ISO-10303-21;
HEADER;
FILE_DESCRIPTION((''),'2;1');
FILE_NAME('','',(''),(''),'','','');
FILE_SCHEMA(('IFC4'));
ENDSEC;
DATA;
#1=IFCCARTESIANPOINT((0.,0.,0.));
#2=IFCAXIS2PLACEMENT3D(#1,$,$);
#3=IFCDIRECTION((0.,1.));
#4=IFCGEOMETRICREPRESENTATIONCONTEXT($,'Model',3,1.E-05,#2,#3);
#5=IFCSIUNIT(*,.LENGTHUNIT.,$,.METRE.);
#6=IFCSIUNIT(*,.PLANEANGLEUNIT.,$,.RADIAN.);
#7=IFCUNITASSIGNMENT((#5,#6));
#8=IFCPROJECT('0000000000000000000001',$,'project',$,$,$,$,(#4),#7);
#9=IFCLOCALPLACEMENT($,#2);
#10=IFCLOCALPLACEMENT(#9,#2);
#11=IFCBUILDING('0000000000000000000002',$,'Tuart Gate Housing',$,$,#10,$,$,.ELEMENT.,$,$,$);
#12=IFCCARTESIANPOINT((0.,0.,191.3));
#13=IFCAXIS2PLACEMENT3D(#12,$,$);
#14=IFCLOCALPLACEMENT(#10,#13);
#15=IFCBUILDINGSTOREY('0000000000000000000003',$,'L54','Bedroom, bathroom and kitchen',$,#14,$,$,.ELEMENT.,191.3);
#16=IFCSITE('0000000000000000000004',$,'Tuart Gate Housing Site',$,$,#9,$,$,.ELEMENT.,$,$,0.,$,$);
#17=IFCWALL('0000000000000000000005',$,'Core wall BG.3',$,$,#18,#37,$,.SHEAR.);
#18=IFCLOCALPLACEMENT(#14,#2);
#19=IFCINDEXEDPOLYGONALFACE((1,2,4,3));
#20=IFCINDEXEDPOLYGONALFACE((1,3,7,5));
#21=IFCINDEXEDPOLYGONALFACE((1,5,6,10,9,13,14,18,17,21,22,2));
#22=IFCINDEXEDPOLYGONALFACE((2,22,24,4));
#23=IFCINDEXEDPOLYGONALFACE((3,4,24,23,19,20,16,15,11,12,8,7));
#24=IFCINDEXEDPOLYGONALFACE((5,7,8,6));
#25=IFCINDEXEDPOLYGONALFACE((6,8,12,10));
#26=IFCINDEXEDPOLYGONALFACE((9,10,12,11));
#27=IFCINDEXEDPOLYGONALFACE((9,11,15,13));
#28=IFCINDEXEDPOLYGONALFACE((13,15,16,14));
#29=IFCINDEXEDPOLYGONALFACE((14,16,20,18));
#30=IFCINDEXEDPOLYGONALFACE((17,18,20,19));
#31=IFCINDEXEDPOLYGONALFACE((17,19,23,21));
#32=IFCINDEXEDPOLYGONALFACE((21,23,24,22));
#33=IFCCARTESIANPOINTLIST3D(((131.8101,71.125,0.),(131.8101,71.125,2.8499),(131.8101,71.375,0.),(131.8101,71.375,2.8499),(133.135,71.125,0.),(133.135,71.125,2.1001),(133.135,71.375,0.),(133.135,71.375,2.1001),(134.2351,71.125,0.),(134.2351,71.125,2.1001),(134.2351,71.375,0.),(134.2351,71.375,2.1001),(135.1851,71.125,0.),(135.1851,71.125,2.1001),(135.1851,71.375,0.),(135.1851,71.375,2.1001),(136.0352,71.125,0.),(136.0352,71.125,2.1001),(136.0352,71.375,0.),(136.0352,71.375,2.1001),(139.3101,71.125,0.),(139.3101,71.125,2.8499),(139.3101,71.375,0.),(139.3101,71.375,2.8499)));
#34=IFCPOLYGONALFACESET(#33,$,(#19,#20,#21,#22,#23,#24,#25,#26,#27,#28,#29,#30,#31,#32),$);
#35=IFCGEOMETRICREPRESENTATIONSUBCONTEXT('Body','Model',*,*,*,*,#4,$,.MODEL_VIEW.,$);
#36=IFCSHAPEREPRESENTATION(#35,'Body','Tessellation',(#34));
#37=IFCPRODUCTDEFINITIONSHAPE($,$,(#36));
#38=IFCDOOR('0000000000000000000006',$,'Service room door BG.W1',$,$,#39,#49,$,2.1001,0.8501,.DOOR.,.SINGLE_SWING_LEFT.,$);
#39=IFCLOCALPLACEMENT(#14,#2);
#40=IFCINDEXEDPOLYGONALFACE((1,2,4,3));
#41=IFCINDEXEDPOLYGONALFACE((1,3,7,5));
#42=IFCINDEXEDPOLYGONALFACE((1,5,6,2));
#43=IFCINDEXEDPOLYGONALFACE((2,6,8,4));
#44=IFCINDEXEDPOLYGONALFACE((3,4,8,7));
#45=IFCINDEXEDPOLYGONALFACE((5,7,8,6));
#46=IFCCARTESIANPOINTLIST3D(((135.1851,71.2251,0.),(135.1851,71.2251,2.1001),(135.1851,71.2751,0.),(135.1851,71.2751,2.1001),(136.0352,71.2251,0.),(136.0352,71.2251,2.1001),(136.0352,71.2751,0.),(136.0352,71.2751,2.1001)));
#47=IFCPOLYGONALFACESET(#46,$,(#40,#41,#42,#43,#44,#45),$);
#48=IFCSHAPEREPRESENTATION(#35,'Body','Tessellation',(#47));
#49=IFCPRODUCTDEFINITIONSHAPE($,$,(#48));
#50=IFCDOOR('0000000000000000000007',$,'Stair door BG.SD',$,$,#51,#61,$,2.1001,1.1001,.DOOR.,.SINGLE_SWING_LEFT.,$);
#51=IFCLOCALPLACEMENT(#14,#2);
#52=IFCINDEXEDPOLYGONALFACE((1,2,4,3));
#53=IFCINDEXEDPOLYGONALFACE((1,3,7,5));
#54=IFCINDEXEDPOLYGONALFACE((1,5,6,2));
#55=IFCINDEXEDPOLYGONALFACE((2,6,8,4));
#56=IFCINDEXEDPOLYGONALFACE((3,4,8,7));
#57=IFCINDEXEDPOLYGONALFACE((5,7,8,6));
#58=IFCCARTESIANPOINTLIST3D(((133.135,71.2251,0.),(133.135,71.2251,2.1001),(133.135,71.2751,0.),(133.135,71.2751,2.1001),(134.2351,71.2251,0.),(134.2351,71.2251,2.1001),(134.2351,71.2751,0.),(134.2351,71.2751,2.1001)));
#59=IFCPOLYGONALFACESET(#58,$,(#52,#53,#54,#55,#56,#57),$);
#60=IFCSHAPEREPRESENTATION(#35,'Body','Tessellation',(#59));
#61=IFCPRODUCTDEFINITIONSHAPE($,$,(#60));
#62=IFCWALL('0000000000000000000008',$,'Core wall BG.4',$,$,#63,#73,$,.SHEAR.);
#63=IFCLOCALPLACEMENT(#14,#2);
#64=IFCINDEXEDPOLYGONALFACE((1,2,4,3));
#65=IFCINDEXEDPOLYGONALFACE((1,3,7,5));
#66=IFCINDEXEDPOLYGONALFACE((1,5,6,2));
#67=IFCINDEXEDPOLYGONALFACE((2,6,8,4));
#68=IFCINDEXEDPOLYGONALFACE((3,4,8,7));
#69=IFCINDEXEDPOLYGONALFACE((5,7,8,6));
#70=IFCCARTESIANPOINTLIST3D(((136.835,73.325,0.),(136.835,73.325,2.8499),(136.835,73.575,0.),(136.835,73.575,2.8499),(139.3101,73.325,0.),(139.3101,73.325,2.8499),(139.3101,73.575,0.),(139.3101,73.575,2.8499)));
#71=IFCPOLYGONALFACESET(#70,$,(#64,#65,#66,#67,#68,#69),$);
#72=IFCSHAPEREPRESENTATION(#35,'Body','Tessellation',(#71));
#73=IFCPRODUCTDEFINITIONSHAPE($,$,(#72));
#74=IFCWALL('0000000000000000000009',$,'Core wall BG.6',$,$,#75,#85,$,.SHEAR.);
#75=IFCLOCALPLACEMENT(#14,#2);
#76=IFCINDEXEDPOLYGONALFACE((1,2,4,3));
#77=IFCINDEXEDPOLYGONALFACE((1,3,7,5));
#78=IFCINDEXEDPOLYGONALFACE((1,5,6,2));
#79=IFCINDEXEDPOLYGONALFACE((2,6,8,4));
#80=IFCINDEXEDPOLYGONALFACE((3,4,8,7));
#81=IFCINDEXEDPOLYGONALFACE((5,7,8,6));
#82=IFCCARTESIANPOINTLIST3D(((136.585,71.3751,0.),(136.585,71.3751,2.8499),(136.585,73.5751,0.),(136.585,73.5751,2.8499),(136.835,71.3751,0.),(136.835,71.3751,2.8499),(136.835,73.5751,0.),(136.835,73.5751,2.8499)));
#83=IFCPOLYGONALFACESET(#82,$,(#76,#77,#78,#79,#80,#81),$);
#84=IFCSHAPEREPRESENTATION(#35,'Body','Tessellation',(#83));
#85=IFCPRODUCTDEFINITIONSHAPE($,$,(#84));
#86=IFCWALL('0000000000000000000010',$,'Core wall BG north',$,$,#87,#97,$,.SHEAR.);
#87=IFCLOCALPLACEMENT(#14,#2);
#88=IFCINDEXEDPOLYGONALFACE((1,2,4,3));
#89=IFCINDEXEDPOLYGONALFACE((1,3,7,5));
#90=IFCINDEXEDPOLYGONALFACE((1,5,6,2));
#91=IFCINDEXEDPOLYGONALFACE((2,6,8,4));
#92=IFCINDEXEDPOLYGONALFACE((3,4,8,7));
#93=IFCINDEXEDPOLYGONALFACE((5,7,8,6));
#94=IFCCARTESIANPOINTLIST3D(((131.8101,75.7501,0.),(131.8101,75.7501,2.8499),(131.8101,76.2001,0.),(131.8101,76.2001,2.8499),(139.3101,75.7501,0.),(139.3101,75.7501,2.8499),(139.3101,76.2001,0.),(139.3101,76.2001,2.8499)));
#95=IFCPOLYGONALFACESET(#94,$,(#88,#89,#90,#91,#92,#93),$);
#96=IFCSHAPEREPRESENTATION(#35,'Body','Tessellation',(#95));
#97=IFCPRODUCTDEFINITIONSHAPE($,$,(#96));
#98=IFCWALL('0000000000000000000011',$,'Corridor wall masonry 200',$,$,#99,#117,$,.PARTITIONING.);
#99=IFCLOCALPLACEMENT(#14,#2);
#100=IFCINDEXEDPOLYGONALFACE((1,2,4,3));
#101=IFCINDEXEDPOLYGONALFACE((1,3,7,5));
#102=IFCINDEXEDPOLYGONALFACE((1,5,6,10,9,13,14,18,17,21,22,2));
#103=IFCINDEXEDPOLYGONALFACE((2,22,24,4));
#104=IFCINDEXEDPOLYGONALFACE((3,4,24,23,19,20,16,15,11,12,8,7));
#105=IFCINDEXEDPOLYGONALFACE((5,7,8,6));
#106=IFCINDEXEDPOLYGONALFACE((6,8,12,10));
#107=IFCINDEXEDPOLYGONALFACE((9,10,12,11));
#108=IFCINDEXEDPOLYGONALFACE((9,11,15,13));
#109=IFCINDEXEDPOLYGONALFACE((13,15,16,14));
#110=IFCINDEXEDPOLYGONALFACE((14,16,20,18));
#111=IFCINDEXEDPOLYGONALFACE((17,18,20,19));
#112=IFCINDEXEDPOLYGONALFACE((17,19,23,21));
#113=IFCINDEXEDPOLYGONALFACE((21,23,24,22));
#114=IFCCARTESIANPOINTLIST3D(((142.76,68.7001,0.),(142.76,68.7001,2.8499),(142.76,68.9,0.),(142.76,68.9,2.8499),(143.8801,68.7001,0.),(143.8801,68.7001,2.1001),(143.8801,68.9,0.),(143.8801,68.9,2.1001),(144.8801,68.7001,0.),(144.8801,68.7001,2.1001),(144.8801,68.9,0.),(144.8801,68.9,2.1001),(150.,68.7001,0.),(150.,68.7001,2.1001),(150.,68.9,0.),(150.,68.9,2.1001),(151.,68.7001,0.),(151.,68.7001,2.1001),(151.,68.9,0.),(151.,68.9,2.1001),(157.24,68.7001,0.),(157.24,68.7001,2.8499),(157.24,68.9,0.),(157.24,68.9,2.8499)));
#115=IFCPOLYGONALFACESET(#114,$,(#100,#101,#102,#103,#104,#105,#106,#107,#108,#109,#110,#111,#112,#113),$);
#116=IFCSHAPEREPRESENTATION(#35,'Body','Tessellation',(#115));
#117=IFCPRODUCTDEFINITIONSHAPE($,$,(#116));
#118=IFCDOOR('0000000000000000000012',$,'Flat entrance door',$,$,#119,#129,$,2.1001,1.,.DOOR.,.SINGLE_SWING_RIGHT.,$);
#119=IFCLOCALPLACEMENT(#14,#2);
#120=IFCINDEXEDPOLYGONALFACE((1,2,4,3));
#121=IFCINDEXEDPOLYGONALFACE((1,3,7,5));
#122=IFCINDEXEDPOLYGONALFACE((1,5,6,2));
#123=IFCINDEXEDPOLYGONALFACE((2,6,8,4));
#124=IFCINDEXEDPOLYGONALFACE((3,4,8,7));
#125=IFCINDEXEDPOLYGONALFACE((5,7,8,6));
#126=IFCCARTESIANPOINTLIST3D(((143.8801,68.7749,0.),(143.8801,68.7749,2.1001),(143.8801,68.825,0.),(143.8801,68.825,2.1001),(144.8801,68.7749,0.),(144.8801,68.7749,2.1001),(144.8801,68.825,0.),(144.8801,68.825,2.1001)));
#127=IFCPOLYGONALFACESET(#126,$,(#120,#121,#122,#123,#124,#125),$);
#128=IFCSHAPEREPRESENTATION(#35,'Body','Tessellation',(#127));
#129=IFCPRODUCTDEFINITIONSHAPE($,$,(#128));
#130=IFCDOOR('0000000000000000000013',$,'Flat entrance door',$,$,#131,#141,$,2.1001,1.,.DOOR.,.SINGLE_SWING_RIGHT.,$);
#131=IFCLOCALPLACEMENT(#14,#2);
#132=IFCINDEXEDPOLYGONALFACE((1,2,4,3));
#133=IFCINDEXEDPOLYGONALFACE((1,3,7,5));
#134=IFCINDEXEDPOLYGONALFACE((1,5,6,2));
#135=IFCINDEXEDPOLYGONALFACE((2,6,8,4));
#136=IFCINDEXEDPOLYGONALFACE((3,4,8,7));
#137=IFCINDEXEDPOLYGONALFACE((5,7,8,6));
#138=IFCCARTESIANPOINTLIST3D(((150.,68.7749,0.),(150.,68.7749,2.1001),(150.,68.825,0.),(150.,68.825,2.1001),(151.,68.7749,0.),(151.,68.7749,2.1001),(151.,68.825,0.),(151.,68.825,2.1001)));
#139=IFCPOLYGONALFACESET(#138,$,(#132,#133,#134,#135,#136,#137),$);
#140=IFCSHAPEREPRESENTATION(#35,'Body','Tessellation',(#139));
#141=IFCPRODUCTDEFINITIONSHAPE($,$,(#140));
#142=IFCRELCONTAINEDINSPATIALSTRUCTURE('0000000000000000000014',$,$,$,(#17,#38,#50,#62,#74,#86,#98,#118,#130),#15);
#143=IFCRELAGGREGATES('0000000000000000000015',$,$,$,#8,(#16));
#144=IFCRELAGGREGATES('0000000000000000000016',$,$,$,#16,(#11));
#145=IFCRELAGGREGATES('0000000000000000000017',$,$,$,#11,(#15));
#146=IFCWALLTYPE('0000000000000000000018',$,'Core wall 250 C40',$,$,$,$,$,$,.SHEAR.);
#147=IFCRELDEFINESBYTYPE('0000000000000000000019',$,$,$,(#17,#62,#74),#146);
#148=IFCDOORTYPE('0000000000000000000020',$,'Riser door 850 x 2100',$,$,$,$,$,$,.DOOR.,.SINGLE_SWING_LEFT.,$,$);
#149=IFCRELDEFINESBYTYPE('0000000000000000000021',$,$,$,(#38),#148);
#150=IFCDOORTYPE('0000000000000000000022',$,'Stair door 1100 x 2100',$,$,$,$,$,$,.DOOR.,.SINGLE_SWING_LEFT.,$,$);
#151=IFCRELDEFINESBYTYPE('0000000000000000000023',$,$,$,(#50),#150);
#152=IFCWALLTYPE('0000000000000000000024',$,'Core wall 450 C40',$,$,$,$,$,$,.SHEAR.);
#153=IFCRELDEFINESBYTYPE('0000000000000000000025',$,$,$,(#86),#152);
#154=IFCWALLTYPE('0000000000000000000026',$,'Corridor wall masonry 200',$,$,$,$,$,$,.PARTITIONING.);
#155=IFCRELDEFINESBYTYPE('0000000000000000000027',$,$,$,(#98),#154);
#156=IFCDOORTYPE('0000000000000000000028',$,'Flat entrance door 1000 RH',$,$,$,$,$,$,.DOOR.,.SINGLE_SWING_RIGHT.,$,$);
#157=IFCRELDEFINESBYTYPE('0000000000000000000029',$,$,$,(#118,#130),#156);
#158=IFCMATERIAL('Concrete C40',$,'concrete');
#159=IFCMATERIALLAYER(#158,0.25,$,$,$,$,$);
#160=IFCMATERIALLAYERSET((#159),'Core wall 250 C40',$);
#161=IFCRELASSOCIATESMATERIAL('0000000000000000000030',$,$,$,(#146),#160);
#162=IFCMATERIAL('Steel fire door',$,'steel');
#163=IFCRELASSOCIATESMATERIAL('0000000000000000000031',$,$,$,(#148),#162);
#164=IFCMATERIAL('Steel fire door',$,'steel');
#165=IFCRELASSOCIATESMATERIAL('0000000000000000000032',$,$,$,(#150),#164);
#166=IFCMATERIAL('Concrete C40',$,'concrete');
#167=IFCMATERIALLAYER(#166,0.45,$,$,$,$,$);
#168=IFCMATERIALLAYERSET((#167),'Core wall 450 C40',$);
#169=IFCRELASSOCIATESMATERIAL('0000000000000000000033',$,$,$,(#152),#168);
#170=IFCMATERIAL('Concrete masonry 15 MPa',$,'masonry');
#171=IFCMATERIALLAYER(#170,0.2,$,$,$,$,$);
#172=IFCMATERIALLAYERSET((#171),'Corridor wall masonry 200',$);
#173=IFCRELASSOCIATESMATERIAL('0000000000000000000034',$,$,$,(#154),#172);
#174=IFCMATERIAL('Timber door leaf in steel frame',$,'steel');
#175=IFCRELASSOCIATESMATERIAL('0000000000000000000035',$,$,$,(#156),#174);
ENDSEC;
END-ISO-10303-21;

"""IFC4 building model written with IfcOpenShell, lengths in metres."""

from ifc_helpers import new_model, si_unit, direction, frame, frame_2d, origin, place, context, subcontext, project, spatial, rectangle, extrude, material, layer, layer_set, type_object, element, fill, save


model = new_model("IFC4")

# Units and contexts
model_context = context("Model", 3, precision=1e-05, world=origin(), true_north=direction((0.0, 1.0)))
body_context = subcontext(model_context, "Body", "Model", "MODEL_VIEW")
ifc_project = project(units=[si_unit("LENGTHUNIT", "METRE"), si_unit("PLANEANGLEUNIT", "RADIAN")], contexts=[model_context])

# Site, building, storey
site_placement = place(None, origin())
site = spatial("IfcSite", under=ifc_project, at=site_placement, Name="Tuart Gate Housing Site", CompositionType="ELEMENT", RefElevation=0.0)
building_placement = place(site_placement, origin())
building = spatial("IfcBuilding", under=site, at=building_placement, Name="Tuart Gate Housing", CompositionType="ELEMENT")
storey_placement = place(building_placement, frame((0.0, 0.0, 191.3)))
storey = spatial("IfcBuildingStorey", under=building, at=storey_placement, Name="L54", Description="Bedroom, bathroom and kitchen", CompositionType="ELEMENT", Elevation=191.3)

# Wall, openings, doors
ifc_material_1 = material(Name="Concrete C40", Category="concrete")
ifc_layer_1 = layer(ifc_material_1, 0.25)
ifc_layer_set_1 = layer_set([ifc_layer_1], Name="Core wall 250 C40")
wall_type_1 = type_object("IfcWallType", Name="Core wall 250 C40", PredefinedType="SHEAR", material=ifc_layer_set_1)
wall_1_placement = place(storey_placement, frame((139.3101, 71.25, 0.0), z_axis=(0.0, 0.0, 1.0), x_axis=(-1.0, 0.0, 0.0)))
wall_1 = element("IfcWall", 1, at=wall_1_placement, inside=storey, type_object=wall_type_1, Name="Core wall BG.3", PredefinedType="SHEAR", context=body_context, shape_type="SweptSolid", body=[
    extrude(rectangle(XDim=7.5, YDim=0.25, at=frame_2d((3.75, 0.0))), origin(), (0.0, 0.0, 1.0), 2.8499),
])
opening_1_placement = place(wall_1_placement, frame((5.075, 0.0, 0.0)))
opening_1 = element("IfcOpeningElement", 2, at=opening_1_placement, cuts=wall_1, PredefinedType="OPENING", context=body_context, shape_type="SweptSolid", body=[
    extrude(rectangle(XDim=1.1001, YDim=2.1001, at=frame_2d((0.55, 1.05))), frame((0.0, 0.135, 0.0), z_axis=(0.0, -1.0, 0.0), x_axis=(1.0, 0.0, 0.0)), (0.0, 0.0, 1.0), 0.27),
])
opening_2_placement = place(wall_1_placement, frame((3.2749, 0.0, 0.0)))
opening_2 = element("IfcOpeningElement", 3, at=opening_2_placement, cuts=wall_1, PredefinedType="OPENING", context=body_context, shape_type="SweptSolid", body=[
    extrude(rectangle(XDim=0.8501, YDim=2.1001, at=frame_2d((0.425, 1.05))), frame((0.0, 0.135, 0.0), z_axis=(0.0, -1.0, 0.0), x_axis=(1.0, 0.0, 0.0)), (0.0, 0.0, 1.0), 0.27),
])
ifc_material_2 = material(Name="Steel fire door", Category="steel")
door_type_1 = type_object("IfcDoorType", Name="Riser door 850 x 2100", OperationType="SINGLE_SWING_LEFT", PredefinedType="DOOR", material=ifc_material_2)
door_1_placement = place(opening_2_placement, origin())
door_1 = element("IfcDoor", 4, at=door_1_placement, inside=storey, type_object=door_type_1, Name="Service room door BG.W1", OperationType="SINGLE_SWING_LEFT", OverallHeight=2.1001, OverallWidth=0.8501, PredefinedType="DOOR", context=body_context, shape_type="SweptSolid", body=[
    extrude(rectangle(XDim=0.8501, YDim=2.1001, at=frame_2d((0.425, 1.05))), frame((0.0, 0.0249, 0.0), z_axis=(0.0, -1.0, 0.0), x_axis=(1.0, 0.0, 0.0)), (0.0, 0.0, 1.0), 0.05),
])
fill(opening_2, door_1)
ifc_material_3 = material(Name="Steel fire door", Category="steel")
door_type_2 = type_object("IfcDoorType", Name="Stair door 1100 x 2100", OperationType="SINGLE_SWING_LEFT", PredefinedType="DOOR", material=ifc_material_3)
door_2_placement = place(opening_1_placement, origin())
door_2 = element("IfcDoor", 5, at=door_2_placement, inside=storey, type_object=door_type_2, Name="Stair door BG.SD", OperationType="SINGLE_SWING_LEFT", OverallHeight=2.1001, OverallWidth=1.1001, PredefinedType="DOOR", context=body_context, shape_type="SweptSolid", body=[
    extrude(rectangle(XDim=1.1001, YDim=2.1001, at=frame_2d((0.55, 1.05))), frame((0.0, 0.0249, 0.0), z_axis=(0.0, -1.0, 0.0), x_axis=(1.0, 0.0, 0.0)), (0.0, 0.0, 1.0), 0.05),
])
fill(opening_1, door_2)

# Walls
wall_2_placement = place(storey_placement, frame((139.3101, 73.45, 0.0), z_axis=(0.0, 0.0, 1.0), x_axis=(-1.0, 0.0, 0.0)))
element("IfcWall", 6, at=wall_2_placement, inside=storey, type_object=wall_type_1, Name="Core wall BG.4", PredefinedType="SHEAR", context=body_context, shape_type="SweptSolid", body=[
    extrude(rectangle(XDim=2.4751, YDim=0.25, at=frame_2d((1.2375, 0.0))), origin(), (0.0, 0.0, 1.0), 2.8499),
])
wall_3_placement = place(storey_placement, frame((136.71, 71.375, 0.0), z_axis=(0.0, 0.0, 1.0), x_axis=(0.0, 1.0, 0.0)))
element("IfcWall", 7, at=wall_3_placement, inside=storey, type_object=wall_type_1, Name="Core wall BG.6", PredefinedType="SHEAR", context=body_context, shape_type="SweptSolid", body=[
    extrude(rectangle(XDim=2.2, YDim=0.25, at=frame_2d((1.1001, 0.0))), origin(), (0.0, 0.0, 1.0), 2.8499),
])
ifc_material_4 = material(Name="Concrete C40", Category="concrete")
ifc_layer_2 = layer(ifc_material_4, 0.45)
ifc_layer_set_2 = layer_set([ifc_layer_2], Name="Core wall 450 C40")
wall_type_2 = type_object("IfcWallType", Name="Core wall 450 C40", PredefinedType="SHEAR", material=ifc_layer_set_2)
wall_4_placement = place(storey_placement, frame((139.3101, 75.9751, 0.0), z_axis=(0.0, 0.0, 1.0), x_axis=(-1.0, 0.0, 0.0)))
element("IfcWall", 8, at=wall_4_placement, inside=storey, type_object=wall_type_2, Name="Core wall BG north", PredefinedType="SHEAR", context=body_context, shape_type="SweptSolid", body=[
    extrude(rectangle(XDim=7.5, YDim=0.45, at=frame_2d((3.75, 0.0))), origin(), (0.0, 0.0, 1.0), 2.8499),
])

# Wall, openings, doors
ifc_material_5 = material(Name="Concrete masonry 15 MPa", Category="masonry")
ifc_layer_3 = layer(ifc_material_5, 0.2)
ifc_layer_set_3 = layer_set([ifc_layer_3], Name="Corridor wall masonry 200")
wall_type_3 = type_object("IfcWallType", Name="Corridor wall masonry 200", PredefinedType="PARTITIONING", material=ifc_layer_set_3)
wall_5_placement = place(storey_placement, frame((142.76, 68.8, 0.0), z_axis=(0.0, 0.0, 1.0), x_axis=(1.0, 0.0, 0.0)))
wall_5 = element("IfcWall", 9, at=wall_5_placement, inside=storey, type_object=wall_type_3, Name="Corridor wall masonry 200", PredefinedType="PARTITIONING", context=body_context, shape_type="SweptSolid", body=[
    extrude(rectangle(XDim=14.48, YDim=0.2, at=frame_2d((7.24, 0.0))), origin(), (0.0, 0.0, 1.0), 2.8499),
])
opening_3_placement = place(wall_5_placement, frame((1.1201, 0.0, 0.0)))
opening_3 = element("IfcOpeningElement", 10, at=opening_3_placement, cuts=wall_5, PredefinedType="OPENING", context=body_context, shape_type="SweptSolid", body=[
    extrude(rectangle(XDim=1.0, YDim=2.1001, at=frame_2d((0.5, 1.05))), frame((0.0, 0.1099, 0.0), z_axis=(0.0, -1.0, 0.0), x_axis=(1.0, 0.0, 0.0)), (0.0, 0.0, 1.0), 0.22),
])
opening_4_placement = place(wall_5_placement, frame((7.24, 0.0, 0.0)))
opening_4 = element("IfcOpeningElement", 11, at=opening_4_placement, cuts=wall_5, PredefinedType="OPENING", context=body_context, shape_type="SweptSolid", body=[
    extrude(rectangle(XDim=1.0, YDim=2.1001, at=frame_2d((0.5, 1.05))), frame((0.0, 0.1099, 0.0), z_axis=(0.0, -1.0, 0.0), x_axis=(1.0, 0.0, 0.0)), (0.0, 0.0, 1.0), 0.22),
])
ifc_material_6 = material(Name="Timber door leaf in steel frame", Category="steel")
door_type_3 = type_object("IfcDoorType", Name="Flat entrance door 1000 RH", OperationType="SINGLE_SWING_RIGHT", PredefinedType="DOOR", material=ifc_material_6)
door_3_placement = place(opening_3_placement, frame((1.0, 0.0, 0.0), z_axis=(0.0, 0.0, 1.0), x_axis=(-1.0, 0.0, 0.0)))
door_3 = element("IfcDoor", 12, at=door_3_placement, inside=storey, type_object=door_type_3, Name="Flat entrance door", OperationType="SINGLE_SWING_RIGHT", OverallHeight=2.1001, OverallWidth=1.0, PredefinedType="DOOR", context=body_context, shape_type="SweptSolid", body=[
    extrude(rectangle(XDim=1.0, YDim=2.1001, at=frame_2d((0.5, 1.05))), frame((0.0, 0.0251, 0.0), z_axis=(0.0, -1.0, 0.0), x_axis=(1.0, 0.0, 0.0)), (0.0, 0.0, 1.0), 0.05),
])
fill(opening_3, door_3)
door_4_placement = place(opening_4_placement, frame((1.0, 0.0, 0.0), z_axis=(0.0, 0.0, 1.0), x_axis=(-1.0, 0.0, 0.0)))
door_4 = element("IfcDoor", 13, at=door_4_placement, inside=storey, type_object=door_type_3, Name="Flat entrance door", OperationType="SINGLE_SWING_RIGHT", OverallHeight=2.1001, OverallWidth=1.0, PredefinedType="DOOR", context=body_context, shape_type="SweptSolid", body=[
    extrude(rectangle(XDim=1.0, YDim=2.1001, at=frame_2d((0.5, 1.05))), frame((0.0, 0.0251, 0.0), z_axis=(0.0, -1.0, 0.0), x_axis=(1.0, 0.0, 0.0)), (0.0, 0.0, 1.0), 0.05),
])
fill(opening_4, door_4)

save(model, "model.ifc")
